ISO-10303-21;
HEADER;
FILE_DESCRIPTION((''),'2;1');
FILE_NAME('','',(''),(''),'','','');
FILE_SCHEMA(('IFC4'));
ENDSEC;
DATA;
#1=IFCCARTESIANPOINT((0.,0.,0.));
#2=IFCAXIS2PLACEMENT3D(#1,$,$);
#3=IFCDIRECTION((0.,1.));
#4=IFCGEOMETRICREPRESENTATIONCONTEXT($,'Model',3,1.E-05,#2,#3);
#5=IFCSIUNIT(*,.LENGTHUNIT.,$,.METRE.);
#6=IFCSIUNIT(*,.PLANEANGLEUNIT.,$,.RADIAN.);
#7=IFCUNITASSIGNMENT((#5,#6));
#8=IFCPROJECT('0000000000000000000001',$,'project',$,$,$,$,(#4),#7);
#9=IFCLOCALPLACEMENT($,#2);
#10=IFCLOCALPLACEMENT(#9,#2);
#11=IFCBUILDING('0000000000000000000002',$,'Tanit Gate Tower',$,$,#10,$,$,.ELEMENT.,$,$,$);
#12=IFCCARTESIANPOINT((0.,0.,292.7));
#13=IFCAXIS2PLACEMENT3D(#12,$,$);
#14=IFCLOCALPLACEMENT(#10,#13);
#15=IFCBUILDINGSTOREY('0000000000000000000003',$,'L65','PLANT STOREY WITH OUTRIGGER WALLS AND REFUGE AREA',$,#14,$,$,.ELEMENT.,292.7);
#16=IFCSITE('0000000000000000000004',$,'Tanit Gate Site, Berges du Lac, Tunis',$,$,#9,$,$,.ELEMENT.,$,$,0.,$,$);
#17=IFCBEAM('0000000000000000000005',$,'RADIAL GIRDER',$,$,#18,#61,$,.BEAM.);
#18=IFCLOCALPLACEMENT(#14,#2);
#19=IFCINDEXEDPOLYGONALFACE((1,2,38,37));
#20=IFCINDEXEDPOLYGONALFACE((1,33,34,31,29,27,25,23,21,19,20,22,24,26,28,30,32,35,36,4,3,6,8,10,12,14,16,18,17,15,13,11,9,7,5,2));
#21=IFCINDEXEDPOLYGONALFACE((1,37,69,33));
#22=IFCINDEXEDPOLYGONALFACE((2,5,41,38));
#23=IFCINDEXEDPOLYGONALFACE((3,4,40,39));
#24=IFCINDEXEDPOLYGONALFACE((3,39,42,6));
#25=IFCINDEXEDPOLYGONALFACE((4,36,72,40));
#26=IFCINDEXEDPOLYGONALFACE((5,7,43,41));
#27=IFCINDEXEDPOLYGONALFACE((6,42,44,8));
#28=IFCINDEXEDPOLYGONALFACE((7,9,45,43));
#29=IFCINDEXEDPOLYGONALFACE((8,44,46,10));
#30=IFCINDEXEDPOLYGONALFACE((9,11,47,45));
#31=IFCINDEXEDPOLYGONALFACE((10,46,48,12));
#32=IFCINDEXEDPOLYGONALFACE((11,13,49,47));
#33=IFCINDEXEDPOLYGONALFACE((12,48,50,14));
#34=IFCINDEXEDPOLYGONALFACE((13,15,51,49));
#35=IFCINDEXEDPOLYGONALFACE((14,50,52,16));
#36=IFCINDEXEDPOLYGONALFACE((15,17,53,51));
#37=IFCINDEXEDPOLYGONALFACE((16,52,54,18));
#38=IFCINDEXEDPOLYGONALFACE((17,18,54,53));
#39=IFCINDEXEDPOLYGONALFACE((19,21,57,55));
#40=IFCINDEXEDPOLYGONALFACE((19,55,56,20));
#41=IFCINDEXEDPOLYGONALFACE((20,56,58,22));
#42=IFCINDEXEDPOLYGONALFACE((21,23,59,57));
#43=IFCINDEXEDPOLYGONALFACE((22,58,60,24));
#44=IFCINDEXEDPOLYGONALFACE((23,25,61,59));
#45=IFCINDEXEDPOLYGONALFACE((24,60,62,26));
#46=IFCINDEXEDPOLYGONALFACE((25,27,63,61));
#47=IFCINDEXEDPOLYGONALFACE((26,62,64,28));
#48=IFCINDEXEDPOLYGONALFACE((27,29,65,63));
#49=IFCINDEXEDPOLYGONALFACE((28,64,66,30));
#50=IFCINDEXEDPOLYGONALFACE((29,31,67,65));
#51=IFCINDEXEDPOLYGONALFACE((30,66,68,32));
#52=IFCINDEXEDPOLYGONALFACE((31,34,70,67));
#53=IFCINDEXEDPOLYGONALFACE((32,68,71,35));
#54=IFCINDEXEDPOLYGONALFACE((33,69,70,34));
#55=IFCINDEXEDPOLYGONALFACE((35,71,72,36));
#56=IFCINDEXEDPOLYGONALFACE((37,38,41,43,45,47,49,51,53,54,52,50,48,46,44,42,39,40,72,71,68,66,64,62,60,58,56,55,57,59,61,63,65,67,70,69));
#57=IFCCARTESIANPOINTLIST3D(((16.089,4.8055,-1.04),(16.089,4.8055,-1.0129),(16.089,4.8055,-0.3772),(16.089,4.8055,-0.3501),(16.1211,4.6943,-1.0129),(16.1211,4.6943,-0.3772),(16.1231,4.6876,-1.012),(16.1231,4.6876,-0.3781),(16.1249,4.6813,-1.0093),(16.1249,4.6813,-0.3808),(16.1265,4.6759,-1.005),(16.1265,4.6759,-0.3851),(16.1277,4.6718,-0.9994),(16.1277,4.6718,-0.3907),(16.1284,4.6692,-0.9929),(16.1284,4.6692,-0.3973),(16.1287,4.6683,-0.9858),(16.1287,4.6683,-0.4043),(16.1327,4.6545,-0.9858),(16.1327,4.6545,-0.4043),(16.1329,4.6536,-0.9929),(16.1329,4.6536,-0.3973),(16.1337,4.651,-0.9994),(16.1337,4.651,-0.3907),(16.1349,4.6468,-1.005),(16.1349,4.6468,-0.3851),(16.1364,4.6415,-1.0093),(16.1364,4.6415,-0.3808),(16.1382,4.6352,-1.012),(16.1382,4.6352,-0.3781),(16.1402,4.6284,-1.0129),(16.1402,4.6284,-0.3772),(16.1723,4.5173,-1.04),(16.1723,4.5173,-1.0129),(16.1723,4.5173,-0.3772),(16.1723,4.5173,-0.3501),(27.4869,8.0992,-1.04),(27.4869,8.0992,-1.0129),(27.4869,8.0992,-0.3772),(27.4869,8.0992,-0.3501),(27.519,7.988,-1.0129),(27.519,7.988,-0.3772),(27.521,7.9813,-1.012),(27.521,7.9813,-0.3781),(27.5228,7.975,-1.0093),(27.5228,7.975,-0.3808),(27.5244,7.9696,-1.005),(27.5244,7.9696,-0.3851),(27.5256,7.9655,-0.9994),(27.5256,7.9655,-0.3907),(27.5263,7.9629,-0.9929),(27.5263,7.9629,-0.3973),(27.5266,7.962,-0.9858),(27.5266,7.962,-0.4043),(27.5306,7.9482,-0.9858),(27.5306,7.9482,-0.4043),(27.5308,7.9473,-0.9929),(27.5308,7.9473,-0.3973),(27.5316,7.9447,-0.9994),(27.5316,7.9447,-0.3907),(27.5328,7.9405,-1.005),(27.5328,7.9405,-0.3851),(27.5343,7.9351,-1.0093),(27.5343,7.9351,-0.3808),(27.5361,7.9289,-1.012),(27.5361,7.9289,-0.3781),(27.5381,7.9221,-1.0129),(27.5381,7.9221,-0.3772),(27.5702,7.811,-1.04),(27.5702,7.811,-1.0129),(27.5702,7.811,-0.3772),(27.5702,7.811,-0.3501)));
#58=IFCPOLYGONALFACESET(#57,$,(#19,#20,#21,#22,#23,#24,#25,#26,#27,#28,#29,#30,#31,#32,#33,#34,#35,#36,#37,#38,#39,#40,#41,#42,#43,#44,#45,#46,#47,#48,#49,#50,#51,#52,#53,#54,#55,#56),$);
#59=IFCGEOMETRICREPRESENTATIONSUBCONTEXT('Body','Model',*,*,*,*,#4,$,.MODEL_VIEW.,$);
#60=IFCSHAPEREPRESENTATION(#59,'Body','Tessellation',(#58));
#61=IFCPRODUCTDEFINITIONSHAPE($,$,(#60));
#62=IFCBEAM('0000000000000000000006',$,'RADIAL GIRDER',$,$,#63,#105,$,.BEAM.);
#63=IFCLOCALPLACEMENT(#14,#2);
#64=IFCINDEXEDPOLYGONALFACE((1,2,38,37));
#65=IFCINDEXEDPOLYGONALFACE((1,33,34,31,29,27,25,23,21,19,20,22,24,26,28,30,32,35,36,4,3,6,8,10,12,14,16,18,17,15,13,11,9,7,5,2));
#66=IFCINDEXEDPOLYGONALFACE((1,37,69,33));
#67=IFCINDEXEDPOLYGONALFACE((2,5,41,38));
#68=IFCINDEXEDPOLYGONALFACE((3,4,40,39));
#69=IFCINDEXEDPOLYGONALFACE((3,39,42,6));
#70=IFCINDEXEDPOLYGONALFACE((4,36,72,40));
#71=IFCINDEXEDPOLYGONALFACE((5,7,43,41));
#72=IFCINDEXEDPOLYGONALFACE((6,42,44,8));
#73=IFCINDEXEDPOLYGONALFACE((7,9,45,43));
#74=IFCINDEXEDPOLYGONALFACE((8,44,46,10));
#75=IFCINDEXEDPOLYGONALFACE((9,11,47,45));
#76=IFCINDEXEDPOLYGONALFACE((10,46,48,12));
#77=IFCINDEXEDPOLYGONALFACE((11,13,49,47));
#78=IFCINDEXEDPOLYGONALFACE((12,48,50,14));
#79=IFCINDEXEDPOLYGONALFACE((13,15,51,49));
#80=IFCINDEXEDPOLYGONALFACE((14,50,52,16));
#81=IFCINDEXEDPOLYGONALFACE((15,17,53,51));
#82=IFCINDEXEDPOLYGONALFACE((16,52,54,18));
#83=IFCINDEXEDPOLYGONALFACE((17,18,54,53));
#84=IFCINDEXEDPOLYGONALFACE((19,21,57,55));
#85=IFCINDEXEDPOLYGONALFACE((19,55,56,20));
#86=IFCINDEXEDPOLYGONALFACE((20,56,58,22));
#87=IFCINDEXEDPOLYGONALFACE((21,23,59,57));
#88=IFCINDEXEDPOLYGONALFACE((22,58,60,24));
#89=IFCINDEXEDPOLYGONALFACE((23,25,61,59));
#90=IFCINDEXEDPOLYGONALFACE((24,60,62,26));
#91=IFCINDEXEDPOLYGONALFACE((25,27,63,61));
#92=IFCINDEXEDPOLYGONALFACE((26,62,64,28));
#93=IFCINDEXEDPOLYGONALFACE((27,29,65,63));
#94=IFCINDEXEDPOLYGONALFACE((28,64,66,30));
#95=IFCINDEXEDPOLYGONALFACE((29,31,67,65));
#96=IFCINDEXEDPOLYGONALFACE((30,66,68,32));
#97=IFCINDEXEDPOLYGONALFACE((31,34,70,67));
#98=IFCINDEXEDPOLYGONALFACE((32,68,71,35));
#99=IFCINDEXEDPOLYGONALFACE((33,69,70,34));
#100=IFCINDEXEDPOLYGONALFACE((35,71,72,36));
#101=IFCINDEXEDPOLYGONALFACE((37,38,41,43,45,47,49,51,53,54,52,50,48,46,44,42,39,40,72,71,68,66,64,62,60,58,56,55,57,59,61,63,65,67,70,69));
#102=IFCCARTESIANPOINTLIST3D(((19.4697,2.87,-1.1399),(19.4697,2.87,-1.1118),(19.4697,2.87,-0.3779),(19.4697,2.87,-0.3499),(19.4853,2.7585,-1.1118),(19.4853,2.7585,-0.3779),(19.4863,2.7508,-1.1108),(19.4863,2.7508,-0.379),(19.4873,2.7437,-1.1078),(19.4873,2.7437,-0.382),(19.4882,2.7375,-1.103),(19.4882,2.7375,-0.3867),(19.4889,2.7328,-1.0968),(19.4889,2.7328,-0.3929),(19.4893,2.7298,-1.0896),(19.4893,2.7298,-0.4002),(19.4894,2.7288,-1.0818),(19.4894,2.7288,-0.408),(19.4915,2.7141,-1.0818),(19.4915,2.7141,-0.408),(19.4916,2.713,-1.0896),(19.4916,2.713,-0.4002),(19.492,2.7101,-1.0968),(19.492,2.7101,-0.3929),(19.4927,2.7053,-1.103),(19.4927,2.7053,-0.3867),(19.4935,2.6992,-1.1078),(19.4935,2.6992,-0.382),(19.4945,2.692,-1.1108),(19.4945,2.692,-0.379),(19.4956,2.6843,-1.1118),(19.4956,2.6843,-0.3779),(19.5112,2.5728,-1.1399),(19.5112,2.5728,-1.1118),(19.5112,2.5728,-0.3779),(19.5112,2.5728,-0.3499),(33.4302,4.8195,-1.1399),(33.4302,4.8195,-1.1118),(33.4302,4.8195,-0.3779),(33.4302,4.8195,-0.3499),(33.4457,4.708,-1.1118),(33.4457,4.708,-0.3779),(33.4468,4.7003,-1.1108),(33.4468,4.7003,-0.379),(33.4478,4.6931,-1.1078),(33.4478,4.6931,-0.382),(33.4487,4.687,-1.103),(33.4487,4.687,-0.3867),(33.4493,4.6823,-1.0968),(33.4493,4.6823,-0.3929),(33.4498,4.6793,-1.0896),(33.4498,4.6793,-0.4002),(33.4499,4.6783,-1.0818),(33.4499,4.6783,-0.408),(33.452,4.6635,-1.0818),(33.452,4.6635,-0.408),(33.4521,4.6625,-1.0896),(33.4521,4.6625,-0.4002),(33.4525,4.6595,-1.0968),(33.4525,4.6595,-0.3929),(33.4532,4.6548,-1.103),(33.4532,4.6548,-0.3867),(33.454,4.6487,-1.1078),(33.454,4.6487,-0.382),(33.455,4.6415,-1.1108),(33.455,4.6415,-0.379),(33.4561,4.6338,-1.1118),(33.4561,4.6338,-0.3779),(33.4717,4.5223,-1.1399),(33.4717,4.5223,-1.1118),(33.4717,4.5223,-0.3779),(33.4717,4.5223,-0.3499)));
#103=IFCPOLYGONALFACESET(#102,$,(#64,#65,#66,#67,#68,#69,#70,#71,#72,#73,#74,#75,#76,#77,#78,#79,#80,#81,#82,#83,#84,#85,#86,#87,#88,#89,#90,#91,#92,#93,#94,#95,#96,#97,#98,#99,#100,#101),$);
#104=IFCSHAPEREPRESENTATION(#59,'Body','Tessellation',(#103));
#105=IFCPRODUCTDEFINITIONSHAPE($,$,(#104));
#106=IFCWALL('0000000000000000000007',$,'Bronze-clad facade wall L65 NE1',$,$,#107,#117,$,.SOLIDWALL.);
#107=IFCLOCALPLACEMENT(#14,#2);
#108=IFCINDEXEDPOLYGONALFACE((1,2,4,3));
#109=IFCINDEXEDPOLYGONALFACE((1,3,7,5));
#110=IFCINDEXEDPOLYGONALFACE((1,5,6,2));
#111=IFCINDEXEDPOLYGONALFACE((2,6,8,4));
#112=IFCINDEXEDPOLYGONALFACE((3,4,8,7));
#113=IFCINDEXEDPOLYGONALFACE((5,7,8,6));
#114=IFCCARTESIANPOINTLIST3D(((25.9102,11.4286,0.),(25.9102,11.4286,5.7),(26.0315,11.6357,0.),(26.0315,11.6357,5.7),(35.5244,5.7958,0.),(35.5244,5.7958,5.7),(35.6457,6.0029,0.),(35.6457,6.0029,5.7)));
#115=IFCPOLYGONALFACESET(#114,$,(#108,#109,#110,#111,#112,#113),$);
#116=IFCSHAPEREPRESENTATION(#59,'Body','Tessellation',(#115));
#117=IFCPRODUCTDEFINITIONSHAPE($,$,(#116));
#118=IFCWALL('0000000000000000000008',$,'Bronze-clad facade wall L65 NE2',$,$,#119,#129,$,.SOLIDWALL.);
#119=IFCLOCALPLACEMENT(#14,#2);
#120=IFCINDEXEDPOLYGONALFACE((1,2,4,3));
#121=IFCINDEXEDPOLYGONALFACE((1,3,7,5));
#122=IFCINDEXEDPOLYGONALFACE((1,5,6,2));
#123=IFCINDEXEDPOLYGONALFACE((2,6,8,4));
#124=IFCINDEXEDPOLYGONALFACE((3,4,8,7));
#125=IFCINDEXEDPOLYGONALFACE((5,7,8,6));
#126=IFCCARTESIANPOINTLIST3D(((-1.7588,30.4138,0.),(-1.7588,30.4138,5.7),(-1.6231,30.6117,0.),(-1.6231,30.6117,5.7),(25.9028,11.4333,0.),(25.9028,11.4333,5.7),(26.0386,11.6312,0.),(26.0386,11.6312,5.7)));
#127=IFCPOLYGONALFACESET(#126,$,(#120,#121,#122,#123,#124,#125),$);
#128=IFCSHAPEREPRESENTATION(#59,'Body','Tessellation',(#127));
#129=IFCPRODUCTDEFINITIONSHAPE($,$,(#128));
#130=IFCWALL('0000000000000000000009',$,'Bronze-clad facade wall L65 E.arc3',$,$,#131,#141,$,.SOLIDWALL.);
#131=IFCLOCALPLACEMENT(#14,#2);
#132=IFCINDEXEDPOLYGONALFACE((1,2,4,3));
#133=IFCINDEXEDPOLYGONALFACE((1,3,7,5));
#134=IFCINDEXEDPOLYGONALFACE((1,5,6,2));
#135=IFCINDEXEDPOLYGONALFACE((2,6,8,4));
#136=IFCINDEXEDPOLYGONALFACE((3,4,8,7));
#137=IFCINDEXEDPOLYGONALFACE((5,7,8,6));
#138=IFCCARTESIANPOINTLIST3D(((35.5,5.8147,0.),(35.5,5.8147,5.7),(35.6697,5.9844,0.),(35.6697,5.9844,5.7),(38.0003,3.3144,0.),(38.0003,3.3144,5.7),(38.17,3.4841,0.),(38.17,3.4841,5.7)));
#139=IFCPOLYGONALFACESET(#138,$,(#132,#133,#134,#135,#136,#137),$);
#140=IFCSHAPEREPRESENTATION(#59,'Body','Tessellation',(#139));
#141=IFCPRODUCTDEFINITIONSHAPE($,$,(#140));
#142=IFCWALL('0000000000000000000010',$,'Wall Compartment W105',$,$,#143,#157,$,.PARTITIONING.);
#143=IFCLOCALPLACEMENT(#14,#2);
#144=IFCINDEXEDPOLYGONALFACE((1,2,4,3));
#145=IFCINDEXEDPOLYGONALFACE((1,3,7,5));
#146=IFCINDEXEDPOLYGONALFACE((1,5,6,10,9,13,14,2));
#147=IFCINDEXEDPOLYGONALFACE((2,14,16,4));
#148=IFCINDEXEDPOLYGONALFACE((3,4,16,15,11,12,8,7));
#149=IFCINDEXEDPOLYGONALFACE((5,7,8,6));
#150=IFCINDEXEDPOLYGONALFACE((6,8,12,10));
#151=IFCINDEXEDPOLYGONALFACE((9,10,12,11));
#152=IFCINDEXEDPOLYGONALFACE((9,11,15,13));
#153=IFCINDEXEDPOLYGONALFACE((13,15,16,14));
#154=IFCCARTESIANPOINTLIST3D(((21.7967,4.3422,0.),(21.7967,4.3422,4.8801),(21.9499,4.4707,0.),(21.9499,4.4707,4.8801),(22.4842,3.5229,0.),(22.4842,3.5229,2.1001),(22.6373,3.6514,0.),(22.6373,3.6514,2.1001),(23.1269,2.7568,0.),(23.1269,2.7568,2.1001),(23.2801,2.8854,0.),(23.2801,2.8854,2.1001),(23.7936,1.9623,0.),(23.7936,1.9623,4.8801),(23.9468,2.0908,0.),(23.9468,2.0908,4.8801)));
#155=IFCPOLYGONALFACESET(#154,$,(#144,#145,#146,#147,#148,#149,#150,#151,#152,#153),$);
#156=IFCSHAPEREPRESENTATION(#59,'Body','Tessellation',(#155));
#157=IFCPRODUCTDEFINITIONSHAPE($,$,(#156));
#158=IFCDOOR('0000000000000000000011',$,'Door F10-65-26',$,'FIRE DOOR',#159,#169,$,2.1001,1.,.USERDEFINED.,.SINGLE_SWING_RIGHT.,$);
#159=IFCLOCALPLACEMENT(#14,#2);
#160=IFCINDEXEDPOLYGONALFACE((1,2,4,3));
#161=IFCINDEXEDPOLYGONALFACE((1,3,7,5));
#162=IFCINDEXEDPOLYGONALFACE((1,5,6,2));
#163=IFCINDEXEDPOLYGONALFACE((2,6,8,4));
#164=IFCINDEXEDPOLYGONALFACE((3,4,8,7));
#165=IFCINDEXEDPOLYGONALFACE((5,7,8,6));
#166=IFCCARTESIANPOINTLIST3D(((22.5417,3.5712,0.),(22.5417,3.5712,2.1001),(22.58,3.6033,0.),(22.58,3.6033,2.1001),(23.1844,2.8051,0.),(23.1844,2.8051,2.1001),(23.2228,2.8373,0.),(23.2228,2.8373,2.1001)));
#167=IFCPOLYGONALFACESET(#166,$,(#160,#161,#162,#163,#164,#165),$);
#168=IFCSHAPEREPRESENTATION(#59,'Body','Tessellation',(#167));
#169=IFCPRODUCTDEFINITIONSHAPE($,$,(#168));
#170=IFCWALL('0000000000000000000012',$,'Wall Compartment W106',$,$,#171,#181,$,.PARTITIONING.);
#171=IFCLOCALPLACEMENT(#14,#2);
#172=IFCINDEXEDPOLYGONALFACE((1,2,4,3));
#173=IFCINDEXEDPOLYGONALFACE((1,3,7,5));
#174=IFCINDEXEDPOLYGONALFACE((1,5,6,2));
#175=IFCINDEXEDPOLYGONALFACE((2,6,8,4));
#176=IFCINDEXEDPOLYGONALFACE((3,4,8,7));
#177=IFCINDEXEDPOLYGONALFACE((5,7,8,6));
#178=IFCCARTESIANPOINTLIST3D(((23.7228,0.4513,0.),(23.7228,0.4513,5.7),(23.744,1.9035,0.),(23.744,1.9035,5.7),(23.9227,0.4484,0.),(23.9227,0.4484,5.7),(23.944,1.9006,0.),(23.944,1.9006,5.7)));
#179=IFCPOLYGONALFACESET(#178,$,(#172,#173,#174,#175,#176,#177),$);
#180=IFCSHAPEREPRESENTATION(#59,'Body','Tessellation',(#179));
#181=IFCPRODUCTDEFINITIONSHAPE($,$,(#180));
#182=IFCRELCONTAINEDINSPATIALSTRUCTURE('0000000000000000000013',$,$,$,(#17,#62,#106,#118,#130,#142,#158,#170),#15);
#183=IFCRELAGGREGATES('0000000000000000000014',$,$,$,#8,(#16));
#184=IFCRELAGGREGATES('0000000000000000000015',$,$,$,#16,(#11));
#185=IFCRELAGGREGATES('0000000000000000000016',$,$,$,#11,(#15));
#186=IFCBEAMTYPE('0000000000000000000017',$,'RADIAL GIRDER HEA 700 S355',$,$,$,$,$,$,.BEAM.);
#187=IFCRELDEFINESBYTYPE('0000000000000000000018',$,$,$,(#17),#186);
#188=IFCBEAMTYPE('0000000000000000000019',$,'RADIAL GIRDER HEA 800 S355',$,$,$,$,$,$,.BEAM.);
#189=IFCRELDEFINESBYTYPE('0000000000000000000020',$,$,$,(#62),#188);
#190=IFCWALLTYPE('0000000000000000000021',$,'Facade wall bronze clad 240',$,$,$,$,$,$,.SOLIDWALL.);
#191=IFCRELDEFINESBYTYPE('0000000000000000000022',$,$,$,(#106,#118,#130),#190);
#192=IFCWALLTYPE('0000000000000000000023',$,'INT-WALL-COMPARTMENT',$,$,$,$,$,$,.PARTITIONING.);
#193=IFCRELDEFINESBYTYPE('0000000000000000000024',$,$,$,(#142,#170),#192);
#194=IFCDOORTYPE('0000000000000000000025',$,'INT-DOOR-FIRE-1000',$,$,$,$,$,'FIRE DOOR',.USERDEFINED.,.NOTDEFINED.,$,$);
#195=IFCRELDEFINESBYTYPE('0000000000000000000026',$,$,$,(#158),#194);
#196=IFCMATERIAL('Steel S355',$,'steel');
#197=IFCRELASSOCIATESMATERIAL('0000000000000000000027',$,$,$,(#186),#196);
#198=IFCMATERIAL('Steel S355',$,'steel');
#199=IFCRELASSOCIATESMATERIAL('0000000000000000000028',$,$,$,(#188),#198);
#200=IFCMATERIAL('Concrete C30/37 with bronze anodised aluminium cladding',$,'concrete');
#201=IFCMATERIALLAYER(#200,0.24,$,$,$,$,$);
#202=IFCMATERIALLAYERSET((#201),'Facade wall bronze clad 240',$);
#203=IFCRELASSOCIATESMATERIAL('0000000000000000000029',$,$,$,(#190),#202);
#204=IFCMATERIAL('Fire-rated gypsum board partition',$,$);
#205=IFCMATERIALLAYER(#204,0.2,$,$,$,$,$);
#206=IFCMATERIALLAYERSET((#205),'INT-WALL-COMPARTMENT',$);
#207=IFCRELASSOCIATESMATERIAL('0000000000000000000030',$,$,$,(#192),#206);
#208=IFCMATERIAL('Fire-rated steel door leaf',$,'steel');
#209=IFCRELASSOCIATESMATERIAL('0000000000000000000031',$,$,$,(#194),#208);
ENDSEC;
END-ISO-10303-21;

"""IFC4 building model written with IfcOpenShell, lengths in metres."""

from ifc_helpers import new_model, si_unit, direction, frame, frame_2d, origin, origin_2d, place, context, subcontext, project, spatial, rectangle, i_section, extrude, material, layer, layer_set, material_profile, profile_set, type_object, element, fill, save


model = new_model("IFC4")

# Units and contexts
model_context = context("Model", 3, precision=1e-05, world=origin(), true_north=direction((0.0, 1.0)))
body_context = subcontext(model_context, "Body", "Model", "MODEL_VIEW")
ifc_project = project(units=[si_unit("LENGTHUNIT", "METRE"), si_unit("PLANEANGLEUNIT", "RADIAN")], contexts=[model_context])

# Site, building, storey
site_placement = place(None, origin())
site = spatial("IfcSite", under=ifc_project, at=site_placement, Name="Tanit Gate Site, Berges du Lac, Tunis", CompositionType="ELEMENT", RefElevation=0.0)
building_placement = place(site_placement, origin())
building = spatial("IfcBuilding", under=site, at=building_placement, Name="Tanit Gate Tower", CompositionType="ELEMENT")
storey_placement = place(building_placement, frame((0.0, 0.0, 292.7)))
storey = spatial("IfcBuildingStorey", under=building, at=storey_placement, Name="L65", Description="PLANT STOREY WITH OUTRIGGER WALLS AND REFUGE AREA", CompositionType="ELEMENT", Elevation=292.7)

# Beams
ifc_material_1 = material(Name="Steel S355", Category="steel")
ifc_material_profile_1 = material_profile(ifc_material_1, i_section(OverallWidth=0.3, OverallDepth=0.6899, WebThickness=0.0144, FlangeThickness=0.0271, FilletRadius=0.0271, at=origin_2d()), Name="HEA 700")
ifc_profile_set_1 = profile_set([ifc_material_profile_1], Name="Steel S355")
beam_type_1 = type_object("IfcBeamType", Name="RADIAL GIRDER HEA 700 S355", PredefinedType="BEAM", material=ifc_profile_set_1)
beam_1_placement = place(storey_placement, frame((27.5286, 7.9551, -0.6951), z_axis=(-0.960693, -0.277614, 0.0), x_axis=(0.277614, -0.960693, 0.0)))
element("IfcBeam", 1, at=beam_1_placement, inside=storey, type_object=beam_type_1, Name="RADIAL GIRDER", PredefinedType="BEAM", context=body_context, shape_type="SweptSolid", body=[
    extrude(i_section(OverallWidth=0.3, OverallDepth=0.6899, WebThickness=0.0144, FlangeThickness=0.0271, FilletRadius=0.0271, at=origin_2d()), origin(), (0.0, 0.0, 1.0), 11.8643),
])
ifc_material_2 = material(Name="Steel S355", Category="steel")
ifc_material_profile_2 = material_profile(ifc_material_2, i_section(OverallWidth=0.3, OverallDepth=0.79, WebThickness=0.0149, FlangeThickness=0.0281, FilletRadius=0.03, at=origin_2d()), Name="HEA 800")
ifc_profile_set_2 = profile_set([ifc_material_profile_2], Name="Steel S355")
beam_type_2 = type_object("IfcBeamType", Name="RADIAL GIRDER HEA 800 S355", PredefinedType="BEAM", material=ifc_profile_set_2)
beam_2_placement = place(storey_placement, frame((33.4509, 4.6709, -0.7449), z_axis=(-0.99039, -0.1383, 0.0), x_axis=(0.1383, -0.99039, 0.0)))
element("IfcBeam", 2, at=beam_2_placement, inside=storey, type_object=beam_type_2, Name="RADIAL GIRDER", PredefinedType="BEAM", context=body_context, shape_type="SweptSolid", body=[
    extrude(i_section(OverallWidth=0.3, OverallDepth=0.79, WebThickness=0.0149, FlangeThickness=0.0281, FilletRadius=0.03, at=origin_2d()), origin(), (0.0, 0.0, 1.0), 14.0959),
])

# Walls
ifc_material_3 = material(Name="Concrete C30/37 with bronze anodised aluminium cladding", Category="concrete")
ifc_layer_1 = layer(ifc_material_3, 0.24)
ifc_layer_set_1 = layer_set([ifc_layer_1], Name="Facade wall bronze clad 240")
wall_type_1 = type_object("IfcWallType", Name="Facade wall bronze clad 240", PredefinedType="SOLIDWALL", material=ifc_layer_set_1)
wall_1_placement = place(storey_placement, frame((35.585, 5.8994, 0.0), z_axis=(0.0, 0.0, 1.0), x_axis=(-0.862821, 0.50551, 0.0)))
element("IfcWall", 3, at=wall_1_placement, inside=storey, type_object=wall_type_1, Name="Bronze-clad facade wall L65 NE1", PredefinedType="SOLIDWALL", context=body_context, shape_type="SweptSolid", body=[
    extrude(rectangle(XDim=11.1428, YDim=0.24, at=frame_2d((5.5713, 0.0))), origin(), (0.0, 0.0, 1.0), 5.7),
])
wall_2_placement = place(storey_placement, frame((25.9707, 11.5322, 0.0), z_axis=(0.0, 0.0, 1.0), x_axis=(-0.824555, 0.565782, 0.0)))
element("IfcWall", 4, at=wall_2_placement, inside=storey, type_object=wall_type_1, Name="Bronze-clad facade wall L65 NE2", PredefinedType="SOLIDWALL", context=body_context, shape_type="SweptSolid", body=[
    extrude(rectangle(XDim=33.5474, YDim=0.24, at=frame_2d((16.7737, 0.0))), origin(), (0.0, 0.0, 1.0), 5.7),
])
wall_3_placement = place(storey_placement, frame((38.0852, 3.3992, 0.0), z_axis=(0.0, 0.0, 1.0), x_axis=(-0.707107, 0.707107, 0.0)))
element("IfcWall", 5, at=wall_3_placement, inside=storey, type_object=wall_type_1, Name="Bronze-clad facade wall L65 E.arc3", PredefinedType="SOLIDWALL", context=body_context, shape_type="SweptSolid", body=[
    extrude(rectangle(XDim=3.5359, YDim=0.24, at=frame_2d((1.7681, 0.0))), origin(), (0.0, 0.0, 1.0), 5.7),
])

# Wall, opening, door
ifc_material_4 = material(Name="Fire-rated gypsum board partition")
ifc_layer_2 = layer(ifc_material_4, 0.2)
ifc_layer_set_2 = layer_set([ifc_layer_2], Name="INT-WALL-COMPARTMENT")
wall_type_2 = type_object("IfcWallType", Name="INT-WALL-COMPARTMENT", PredefinedType="PARTITIONING", material=ifc_layer_set_2)
wall_4_placement = place(storey_placement, frame((23.8701, 2.0266, 0.0), z_axis=(0.0, 0.0, 1.0), x_axis=(-0.642763, 0.766065, 0.0)))
wall_4 = element("IfcWall", 6, at=wall_4_placement, inside=storey, type_object=wall_type_2, Name="Wall Compartment W105", PredefinedType="PARTITIONING", context=body_context, shape_type="SweptSolid", body=[
    extrude(rectangle(XDim=3.1067, YDim=0.2, at=frame_2d((1.5532, 0.0))), origin(), (0.0, 0.0, 1.0), 4.8801),
])
opening_placement = place(wall_4_placement, frame((1.0371, 0.0, 0.0)))
opening = element("IfcOpeningElement", 7, at=opening_placement, cuts=wall_4, PredefinedType="OPENING", context=body_context, shape_type="SweptSolid", body=[
    extrude(rectangle(XDim=1.0, YDim=2.1001, at=frame_2d((0.5, 1.05))), frame((0.0, 0.1099, 0.0), z_axis=(0.0, -1.0, 0.0), x_axis=(1.0, 0.0, 0.0)), (0.0, 0.0, 1.0), 0.22),
])
ifc_material_5 = material(Name="Fire-rated steel door leaf", Category="steel")
door_type = type_object("IfcDoorType", Name="INT-DOOR-FIRE-1000", ElementType="FIRE DOOR", OperationType="NOTDEFINED", PredefinedType="USERDEFINED", material=ifc_material_5)
door_placement = place(opening_placement, origin())
door = element("IfcDoor", 8, at=door_placement, inside=storey, type_object=door_type, Name="Door F10-65-26", ObjectType="FIRE DOOR", OperationType="SINGLE_SWING_RIGHT", OverallHeight=2.1001, OverallWidth=1.0, PredefinedType="USERDEFINED", context=body_context, shape_type="SweptSolid", body=[
    extrude(rectangle(XDim=1.0, YDim=2.1001, at=frame_2d((0.5, 1.05))), frame((0.0, 0.0249, 0.0), z_axis=(0.0, -1.0, 0.0), x_axis=(1.0, 0.0, 0.0)), (0.0, 0.0, 1.0), 0.05),
])
fill(opening, door)

# Wall
wall_5_placement = place(storey_placement, frame((23.8228, 0.45, 0.0), z_axis=(0.0, 0.0, 1.0), x_axis=(0.014625, 0.999893, 0.0)))
element("IfcWall", 9, at=wall_5_placement, inside=storey, type_object=wall_type_2, Name="Wall Compartment W106", PredefinedType="PARTITIONING", context=body_context, shape_type="SweptSolid", body=[
    extrude(rectangle(XDim=1.4524, YDim=0.2, at=frame_2d((0.7261, 0.0))), origin(), (0.0, 0.0, 1.0), 5.7),
])

save(model, "model.ifc")
